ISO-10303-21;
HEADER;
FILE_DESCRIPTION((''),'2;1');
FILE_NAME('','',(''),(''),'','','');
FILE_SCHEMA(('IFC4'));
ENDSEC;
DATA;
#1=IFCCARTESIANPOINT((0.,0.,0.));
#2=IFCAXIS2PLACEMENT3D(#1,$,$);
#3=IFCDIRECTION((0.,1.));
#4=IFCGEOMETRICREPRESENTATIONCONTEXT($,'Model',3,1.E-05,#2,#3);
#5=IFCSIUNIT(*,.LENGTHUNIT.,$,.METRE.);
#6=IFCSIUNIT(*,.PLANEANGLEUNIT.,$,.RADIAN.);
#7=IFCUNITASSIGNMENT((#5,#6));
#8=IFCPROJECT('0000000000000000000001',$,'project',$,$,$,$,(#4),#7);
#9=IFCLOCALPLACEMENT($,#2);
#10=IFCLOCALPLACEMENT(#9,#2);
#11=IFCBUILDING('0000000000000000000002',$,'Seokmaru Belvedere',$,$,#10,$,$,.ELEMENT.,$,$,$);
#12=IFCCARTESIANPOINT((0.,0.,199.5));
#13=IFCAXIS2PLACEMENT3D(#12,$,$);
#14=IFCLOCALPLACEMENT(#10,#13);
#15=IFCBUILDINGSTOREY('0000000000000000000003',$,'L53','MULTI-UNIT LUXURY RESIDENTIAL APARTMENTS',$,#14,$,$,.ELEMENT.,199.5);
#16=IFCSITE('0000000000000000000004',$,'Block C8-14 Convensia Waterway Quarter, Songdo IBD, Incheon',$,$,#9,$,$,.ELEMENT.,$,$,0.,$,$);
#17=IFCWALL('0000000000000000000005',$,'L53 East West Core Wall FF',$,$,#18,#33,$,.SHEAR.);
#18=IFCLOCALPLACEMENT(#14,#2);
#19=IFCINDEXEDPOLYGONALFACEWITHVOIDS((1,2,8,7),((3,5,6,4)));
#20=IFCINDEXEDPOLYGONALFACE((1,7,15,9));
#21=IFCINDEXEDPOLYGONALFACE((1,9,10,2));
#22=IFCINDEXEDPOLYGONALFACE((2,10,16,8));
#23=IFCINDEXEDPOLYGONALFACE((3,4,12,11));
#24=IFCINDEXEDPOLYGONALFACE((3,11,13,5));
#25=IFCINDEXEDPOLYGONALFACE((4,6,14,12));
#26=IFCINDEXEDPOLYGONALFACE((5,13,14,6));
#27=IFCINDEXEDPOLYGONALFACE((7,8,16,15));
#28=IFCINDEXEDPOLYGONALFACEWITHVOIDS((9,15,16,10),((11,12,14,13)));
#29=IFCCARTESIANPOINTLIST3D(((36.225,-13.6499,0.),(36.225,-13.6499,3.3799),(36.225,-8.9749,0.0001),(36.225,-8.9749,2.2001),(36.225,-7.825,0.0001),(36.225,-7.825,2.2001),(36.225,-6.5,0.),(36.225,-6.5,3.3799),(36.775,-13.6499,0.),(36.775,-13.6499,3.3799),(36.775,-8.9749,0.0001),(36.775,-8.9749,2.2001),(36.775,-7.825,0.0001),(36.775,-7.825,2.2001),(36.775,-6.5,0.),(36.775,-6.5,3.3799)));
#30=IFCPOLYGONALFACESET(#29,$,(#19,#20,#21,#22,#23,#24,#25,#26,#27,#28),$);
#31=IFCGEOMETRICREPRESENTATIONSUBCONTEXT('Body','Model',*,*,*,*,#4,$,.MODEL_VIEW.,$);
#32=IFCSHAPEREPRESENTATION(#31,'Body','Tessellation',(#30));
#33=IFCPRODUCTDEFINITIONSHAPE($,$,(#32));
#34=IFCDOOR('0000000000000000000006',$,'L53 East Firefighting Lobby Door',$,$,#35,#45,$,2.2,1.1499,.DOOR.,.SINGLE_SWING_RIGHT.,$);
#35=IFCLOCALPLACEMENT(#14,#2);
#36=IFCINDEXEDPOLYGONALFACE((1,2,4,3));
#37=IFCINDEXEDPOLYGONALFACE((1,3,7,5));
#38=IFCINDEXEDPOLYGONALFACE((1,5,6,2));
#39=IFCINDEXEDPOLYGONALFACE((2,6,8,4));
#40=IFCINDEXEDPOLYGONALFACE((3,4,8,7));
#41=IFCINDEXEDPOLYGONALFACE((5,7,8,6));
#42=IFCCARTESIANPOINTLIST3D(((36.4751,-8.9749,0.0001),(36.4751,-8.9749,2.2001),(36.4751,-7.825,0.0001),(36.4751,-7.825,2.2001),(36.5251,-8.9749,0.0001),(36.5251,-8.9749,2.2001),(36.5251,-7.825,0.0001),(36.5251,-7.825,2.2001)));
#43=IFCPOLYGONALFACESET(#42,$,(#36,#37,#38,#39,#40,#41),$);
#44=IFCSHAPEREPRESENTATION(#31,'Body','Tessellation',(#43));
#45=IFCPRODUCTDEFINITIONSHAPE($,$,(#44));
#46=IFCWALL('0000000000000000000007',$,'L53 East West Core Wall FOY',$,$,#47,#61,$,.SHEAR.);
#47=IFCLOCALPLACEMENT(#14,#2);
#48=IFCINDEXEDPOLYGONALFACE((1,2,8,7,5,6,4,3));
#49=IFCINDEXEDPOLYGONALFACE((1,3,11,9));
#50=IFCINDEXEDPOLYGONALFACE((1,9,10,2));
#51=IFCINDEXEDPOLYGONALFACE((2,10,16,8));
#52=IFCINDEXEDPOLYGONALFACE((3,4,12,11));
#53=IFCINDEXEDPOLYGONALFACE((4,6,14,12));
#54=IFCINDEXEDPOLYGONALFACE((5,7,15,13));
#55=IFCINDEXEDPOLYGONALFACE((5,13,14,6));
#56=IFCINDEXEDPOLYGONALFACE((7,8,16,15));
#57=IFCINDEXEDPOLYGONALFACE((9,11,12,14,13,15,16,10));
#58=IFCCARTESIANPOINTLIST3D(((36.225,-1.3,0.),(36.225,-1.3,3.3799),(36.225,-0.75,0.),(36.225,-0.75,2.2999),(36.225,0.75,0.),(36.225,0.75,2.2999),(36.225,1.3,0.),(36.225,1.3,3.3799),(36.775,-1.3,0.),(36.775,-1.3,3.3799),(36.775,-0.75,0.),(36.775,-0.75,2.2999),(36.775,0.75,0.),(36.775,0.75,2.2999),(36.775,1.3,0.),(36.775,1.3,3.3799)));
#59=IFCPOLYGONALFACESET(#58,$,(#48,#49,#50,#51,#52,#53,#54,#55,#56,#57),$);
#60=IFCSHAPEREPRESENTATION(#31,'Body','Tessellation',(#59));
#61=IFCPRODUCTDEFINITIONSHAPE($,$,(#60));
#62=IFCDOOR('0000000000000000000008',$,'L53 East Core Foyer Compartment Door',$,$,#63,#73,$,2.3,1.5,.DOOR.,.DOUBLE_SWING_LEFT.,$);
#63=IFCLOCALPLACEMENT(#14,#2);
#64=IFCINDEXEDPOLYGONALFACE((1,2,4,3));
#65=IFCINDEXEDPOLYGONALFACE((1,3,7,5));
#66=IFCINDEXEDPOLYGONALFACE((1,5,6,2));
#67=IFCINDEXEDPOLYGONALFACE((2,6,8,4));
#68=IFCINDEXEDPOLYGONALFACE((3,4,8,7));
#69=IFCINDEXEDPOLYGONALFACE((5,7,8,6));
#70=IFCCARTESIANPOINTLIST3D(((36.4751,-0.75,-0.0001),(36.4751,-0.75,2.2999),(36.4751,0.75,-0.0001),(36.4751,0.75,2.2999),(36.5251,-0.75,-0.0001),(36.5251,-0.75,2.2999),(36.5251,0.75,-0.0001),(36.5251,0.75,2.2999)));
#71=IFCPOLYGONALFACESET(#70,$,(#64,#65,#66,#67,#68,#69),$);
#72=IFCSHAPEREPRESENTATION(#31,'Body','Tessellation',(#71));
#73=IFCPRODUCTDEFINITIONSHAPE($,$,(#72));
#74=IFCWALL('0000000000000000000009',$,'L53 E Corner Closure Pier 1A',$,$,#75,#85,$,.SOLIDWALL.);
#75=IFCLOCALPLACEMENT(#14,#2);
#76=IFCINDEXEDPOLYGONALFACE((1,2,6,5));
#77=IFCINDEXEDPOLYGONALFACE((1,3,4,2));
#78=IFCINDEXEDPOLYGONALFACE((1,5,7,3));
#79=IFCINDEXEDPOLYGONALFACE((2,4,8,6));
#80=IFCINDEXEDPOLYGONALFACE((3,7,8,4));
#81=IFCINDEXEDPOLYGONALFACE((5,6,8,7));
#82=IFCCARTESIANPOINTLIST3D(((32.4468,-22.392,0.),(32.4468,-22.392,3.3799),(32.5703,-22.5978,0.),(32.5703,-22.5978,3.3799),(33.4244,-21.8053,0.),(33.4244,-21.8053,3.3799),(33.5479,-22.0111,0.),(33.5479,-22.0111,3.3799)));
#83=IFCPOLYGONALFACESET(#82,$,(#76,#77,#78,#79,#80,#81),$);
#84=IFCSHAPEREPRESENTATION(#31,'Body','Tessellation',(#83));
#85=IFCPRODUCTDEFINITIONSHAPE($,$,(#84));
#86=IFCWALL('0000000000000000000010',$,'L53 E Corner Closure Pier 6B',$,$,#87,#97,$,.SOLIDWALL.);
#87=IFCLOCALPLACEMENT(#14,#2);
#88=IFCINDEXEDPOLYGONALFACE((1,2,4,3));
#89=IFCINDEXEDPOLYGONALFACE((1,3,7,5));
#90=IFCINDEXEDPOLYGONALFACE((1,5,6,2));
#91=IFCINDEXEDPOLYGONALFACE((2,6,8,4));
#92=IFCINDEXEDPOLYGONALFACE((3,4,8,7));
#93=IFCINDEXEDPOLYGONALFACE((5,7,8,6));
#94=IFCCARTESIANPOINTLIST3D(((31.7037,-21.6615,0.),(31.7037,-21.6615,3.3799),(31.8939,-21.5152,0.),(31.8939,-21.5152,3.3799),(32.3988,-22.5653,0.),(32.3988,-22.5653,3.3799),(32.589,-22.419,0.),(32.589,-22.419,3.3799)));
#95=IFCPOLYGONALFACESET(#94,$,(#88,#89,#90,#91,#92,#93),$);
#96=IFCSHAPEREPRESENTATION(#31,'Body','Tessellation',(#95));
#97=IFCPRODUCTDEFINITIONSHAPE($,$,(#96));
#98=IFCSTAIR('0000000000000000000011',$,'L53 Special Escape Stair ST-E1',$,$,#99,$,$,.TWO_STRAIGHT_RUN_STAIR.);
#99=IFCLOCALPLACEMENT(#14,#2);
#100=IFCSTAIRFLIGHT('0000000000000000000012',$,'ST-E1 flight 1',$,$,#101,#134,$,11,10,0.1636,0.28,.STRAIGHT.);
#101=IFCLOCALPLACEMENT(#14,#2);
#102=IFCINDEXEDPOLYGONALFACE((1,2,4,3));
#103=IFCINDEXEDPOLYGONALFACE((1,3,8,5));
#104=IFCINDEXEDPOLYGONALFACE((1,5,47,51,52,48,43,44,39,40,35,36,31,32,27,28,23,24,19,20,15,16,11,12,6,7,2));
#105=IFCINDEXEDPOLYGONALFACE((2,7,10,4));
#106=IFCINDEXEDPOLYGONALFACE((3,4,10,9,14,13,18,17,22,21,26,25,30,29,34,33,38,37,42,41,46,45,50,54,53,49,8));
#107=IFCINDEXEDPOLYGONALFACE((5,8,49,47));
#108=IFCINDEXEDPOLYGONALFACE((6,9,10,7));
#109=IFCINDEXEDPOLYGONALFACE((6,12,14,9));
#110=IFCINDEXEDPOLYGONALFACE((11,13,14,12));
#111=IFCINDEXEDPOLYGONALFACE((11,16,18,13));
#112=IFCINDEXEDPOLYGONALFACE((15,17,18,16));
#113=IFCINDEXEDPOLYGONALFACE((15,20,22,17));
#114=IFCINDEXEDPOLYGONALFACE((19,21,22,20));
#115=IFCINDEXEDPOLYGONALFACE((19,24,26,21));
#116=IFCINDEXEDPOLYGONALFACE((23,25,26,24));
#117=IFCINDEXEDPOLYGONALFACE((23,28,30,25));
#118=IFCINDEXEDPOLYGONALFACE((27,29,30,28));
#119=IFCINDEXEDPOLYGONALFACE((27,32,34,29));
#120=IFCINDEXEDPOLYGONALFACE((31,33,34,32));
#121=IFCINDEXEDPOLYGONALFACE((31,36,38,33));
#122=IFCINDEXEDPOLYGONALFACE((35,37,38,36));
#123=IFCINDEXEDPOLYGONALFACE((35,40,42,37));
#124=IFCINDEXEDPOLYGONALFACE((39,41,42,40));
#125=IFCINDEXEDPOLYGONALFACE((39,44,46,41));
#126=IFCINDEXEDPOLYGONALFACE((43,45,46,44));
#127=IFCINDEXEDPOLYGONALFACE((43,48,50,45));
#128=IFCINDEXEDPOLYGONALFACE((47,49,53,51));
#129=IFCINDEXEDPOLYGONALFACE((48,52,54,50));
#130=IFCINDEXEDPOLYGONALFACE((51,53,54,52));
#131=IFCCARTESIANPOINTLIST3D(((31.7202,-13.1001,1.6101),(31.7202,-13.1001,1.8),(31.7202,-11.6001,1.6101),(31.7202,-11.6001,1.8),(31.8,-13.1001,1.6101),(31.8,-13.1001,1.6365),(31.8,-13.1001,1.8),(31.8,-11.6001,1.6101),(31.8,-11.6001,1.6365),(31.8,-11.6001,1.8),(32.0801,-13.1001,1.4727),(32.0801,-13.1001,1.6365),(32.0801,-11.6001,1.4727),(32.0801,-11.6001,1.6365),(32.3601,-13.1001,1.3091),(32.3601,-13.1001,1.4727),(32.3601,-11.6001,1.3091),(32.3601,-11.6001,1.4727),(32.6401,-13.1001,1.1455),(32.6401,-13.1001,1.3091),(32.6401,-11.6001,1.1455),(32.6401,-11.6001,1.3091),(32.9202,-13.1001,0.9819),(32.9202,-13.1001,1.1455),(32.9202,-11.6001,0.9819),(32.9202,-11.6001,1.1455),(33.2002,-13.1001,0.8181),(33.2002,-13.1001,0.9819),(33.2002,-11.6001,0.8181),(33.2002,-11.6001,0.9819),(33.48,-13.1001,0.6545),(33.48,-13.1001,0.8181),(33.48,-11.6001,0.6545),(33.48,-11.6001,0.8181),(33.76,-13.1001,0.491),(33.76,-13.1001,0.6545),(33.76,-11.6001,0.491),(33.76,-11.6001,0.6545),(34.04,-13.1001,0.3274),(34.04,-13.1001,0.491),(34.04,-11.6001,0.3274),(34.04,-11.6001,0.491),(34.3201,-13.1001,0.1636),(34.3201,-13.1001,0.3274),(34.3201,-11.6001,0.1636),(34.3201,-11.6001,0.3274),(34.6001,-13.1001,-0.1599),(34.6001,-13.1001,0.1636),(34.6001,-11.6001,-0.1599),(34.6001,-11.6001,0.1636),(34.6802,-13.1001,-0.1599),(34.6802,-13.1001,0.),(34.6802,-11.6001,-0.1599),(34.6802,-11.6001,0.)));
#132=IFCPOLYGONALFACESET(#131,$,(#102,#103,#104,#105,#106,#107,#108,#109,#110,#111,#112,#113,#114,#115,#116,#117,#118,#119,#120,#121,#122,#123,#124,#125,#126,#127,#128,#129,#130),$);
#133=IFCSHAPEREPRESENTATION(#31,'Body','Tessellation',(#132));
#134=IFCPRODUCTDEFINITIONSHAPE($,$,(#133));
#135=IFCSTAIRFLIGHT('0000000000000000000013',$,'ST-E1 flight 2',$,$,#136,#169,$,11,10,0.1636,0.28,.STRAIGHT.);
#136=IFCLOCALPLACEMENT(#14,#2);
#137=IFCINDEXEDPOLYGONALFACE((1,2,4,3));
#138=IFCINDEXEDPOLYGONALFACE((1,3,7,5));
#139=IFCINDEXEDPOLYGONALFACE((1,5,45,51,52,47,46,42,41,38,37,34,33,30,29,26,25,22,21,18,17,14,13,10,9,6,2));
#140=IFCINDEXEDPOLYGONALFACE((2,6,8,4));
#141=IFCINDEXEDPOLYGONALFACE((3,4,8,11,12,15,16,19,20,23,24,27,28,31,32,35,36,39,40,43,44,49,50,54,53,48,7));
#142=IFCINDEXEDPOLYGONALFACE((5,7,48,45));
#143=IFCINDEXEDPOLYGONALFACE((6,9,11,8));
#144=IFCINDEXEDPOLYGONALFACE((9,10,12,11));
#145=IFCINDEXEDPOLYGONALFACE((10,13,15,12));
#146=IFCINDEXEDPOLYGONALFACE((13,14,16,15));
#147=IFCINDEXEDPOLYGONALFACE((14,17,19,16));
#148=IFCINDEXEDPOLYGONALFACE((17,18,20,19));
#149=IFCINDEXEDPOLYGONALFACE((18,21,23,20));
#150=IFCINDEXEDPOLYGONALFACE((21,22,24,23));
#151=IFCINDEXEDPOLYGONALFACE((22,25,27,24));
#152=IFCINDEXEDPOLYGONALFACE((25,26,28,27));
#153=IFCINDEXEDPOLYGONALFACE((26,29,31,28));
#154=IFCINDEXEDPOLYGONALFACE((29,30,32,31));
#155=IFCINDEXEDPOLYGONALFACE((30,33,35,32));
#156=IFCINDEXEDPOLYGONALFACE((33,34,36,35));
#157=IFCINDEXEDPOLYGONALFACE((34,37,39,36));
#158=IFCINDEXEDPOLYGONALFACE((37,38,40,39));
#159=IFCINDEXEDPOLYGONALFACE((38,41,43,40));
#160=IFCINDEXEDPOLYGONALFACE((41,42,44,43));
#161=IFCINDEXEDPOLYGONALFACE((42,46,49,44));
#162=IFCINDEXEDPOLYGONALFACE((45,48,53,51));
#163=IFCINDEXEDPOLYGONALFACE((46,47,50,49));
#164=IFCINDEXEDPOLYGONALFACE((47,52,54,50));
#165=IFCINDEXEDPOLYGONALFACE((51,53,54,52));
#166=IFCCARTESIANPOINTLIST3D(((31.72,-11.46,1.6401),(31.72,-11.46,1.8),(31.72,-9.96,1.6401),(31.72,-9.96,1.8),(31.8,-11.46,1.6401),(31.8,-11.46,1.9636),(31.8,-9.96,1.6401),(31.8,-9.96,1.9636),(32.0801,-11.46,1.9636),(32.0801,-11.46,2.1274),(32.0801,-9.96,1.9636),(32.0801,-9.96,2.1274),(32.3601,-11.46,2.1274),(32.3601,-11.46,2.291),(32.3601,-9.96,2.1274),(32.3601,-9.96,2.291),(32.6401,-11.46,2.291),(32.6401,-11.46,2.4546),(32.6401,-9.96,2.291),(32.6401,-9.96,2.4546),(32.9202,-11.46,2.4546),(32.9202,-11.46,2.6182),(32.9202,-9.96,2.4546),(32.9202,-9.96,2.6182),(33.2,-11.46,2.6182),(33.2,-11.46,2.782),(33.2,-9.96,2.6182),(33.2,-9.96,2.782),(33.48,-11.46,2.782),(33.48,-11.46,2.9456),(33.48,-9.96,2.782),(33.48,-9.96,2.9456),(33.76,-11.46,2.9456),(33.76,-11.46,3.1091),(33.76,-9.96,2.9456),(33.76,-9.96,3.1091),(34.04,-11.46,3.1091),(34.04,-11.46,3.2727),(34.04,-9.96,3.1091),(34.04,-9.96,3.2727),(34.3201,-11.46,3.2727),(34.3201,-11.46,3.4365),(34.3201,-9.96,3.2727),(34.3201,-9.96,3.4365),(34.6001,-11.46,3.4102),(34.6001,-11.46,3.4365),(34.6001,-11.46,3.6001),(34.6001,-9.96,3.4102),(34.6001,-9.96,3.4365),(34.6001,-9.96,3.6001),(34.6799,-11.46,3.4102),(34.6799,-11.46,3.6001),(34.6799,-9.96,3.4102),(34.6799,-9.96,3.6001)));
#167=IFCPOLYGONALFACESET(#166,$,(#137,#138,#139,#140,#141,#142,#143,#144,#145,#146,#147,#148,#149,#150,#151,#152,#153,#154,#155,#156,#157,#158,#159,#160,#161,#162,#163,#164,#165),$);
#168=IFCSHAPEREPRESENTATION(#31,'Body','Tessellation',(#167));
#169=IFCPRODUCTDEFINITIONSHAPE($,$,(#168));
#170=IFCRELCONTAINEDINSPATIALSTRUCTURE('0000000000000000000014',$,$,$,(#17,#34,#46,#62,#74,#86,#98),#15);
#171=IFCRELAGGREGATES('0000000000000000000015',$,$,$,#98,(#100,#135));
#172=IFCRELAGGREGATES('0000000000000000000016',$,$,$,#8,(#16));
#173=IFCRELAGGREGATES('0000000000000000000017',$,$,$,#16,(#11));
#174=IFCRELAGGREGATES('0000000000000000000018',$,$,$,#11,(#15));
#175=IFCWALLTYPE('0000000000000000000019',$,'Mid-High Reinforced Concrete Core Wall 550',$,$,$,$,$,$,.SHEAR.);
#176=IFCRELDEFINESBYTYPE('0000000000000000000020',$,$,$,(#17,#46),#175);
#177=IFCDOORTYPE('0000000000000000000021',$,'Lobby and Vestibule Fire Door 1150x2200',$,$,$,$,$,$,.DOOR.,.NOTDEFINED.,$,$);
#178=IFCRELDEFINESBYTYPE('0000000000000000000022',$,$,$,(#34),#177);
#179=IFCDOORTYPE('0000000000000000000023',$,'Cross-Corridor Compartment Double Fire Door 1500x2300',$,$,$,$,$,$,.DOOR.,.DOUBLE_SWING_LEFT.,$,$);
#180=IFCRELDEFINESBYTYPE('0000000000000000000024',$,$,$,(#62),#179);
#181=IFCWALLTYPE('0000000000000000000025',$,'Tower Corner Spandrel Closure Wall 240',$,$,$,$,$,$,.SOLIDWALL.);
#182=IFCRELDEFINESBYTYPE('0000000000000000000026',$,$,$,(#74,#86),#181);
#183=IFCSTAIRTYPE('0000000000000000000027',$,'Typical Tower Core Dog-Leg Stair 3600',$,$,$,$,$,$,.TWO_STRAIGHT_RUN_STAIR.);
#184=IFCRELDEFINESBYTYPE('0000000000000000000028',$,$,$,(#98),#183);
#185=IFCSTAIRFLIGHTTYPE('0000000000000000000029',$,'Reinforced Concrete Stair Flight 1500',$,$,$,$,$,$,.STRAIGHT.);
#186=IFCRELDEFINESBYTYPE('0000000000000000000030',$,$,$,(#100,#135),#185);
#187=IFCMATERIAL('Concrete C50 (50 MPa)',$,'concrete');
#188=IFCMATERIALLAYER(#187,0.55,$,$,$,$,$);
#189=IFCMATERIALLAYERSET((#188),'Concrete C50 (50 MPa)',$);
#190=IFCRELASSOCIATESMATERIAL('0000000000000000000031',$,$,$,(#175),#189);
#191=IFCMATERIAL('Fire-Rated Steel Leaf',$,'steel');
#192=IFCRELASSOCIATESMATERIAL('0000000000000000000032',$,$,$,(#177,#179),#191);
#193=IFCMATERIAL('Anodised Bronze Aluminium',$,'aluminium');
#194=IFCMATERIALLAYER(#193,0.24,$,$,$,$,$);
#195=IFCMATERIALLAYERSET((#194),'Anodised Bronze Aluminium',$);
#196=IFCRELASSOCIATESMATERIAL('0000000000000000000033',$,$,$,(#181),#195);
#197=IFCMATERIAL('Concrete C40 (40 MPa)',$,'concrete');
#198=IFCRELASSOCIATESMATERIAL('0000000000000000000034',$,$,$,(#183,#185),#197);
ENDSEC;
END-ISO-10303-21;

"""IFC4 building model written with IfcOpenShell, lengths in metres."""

from ifc_helpers import new_model, si_unit, direction, frame, frame_2d, origin, place, context, subcontext, project, spatial, polyline, rectangle, outline, extrude, source, transform, mapped, material, layer, layer_set, type_object, type_shapes, element, fill, aggregate, save


model = new_model("IFC4")

# Units and contexts
model_context = context("Model", 3, precision=1e-05, world=origin(), true_north=direction((0.0, 1.0)))
body_context = subcontext(model_context, "Body", "Model", "MODEL_VIEW")
ifc_project = project(units=[si_unit("LENGTHUNIT", "METRE"), si_unit("PLANEANGLEUNIT", "RADIAN")], contexts=[model_context])

# Site, building, storey
site_placement = place(None, origin())
site = spatial("IfcSite", under=ifc_project, at=site_placement, Name="Block C8-14 Convensia Waterway Quarter, Songdo IBD, Incheon", CompositionType="ELEMENT", RefElevation=0.0)
building_placement = place(site_placement, origin())
building = spatial("IfcBuilding", under=site, at=building_placement, Name="Seokmaru Belvedere", CompositionType="ELEMENT")
storey_placement = place(building_placement, frame((0.0, 0.0, 199.5)))
storey = spatial("IfcBuildingStorey", under=building, at=storey_placement, Name="L53", Description="MULTI-UNIT LUXURY RESIDENTIAL APARTMENTS", CompositionType="ELEMENT", Elevation=199.5)

# Shared definitions
ifc_material_1 = material(Name="Anodised Bronze Aluminium", Category="aluminium")

# Walls, openings, doors
ifc_material_2 = material(Name="Concrete C50 (50 MPa)", Category="concrete")
ifc_layer_1 = layer(ifc_material_2, 0.55)
ifc_layer_set_1 = layer_set([ifc_layer_1], Name="Concrete C50 (50 MPa)")
wall_type_1 = type_object("IfcWallType", Name="Mid-High Reinforced Concrete Core Wall 550", PredefinedType="SHEAR", material=ifc_layer_set_1)
wall_1_placement = place(storey_placement, frame((36.5, -13.6499, 0.0), z_axis=(0.0, 0.0, 1.0), x_axis=(0.0, 1.0, 0.0)))
wall_1 = element("IfcWall", 1, at=wall_1_placement, inside=storey, type_object=wall_type_1, Name="L53 East West Core Wall FF", PredefinedType="SHEAR", context=body_context, shape_type="SweptSolid", body=[
    extrude(rectangle(XDim=7.1499, YDim=0.55, at=frame_2d((3.575, 0.0))), origin(), (0.0, 0.0, 1.0), 3.3799),
])
opening_1_placement = place(wall_1_placement, frame((4.675, 0.0, 0.0)))
opening_1 = element("IfcOpeningElement", 2, at=opening_1_placement, cuts=wall_1, PredefinedType="OPENING", context=body_context, shape_type="SweptSolid", body=[
    extrude(rectangle(XDim=1.1499, YDim=2.2, at=frame_2d((0.575, 1.1001))), frame((0.0, 0.2852, 0.0), z_axis=(0.0, -1.0, 0.0), x_axis=(1.0, 0.0, 0.0)), (0.0, 0.0, 1.0), 0.5701),
])
ifc_material_3 = material(Name="Fire-Rated Steel Leaf", Category="steel")
door_type_1 = type_object("IfcDoorType", Name="Lobby and Vestibule Fire Door 1150x2200", OperationType="NOTDEFINED", PredefinedType="DOOR", material=ifc_material_3)
shared_shape_1 = source(origin(), body_context, "Body", "SweptSolid", [
    extrude(rectangle(XDim=1.1499, YDim=2.2, at=frame_2d((0.575, 1.1001))), frame((0.0, 0.0249, 0.0), z_axis=(0.0, -1.0, 0.0), x_axis=(1.0, 0.0, 0.0)), (0.0, 0.0, 1.0), 0.05),
])
type_shapes(door_type_1, [shared_shape_1])
door_1_placement = place(opening_1_placement, origin())
door_1 = element("IfcDoor", 3, at=door_1_placement, inside=storey, type_object=door_type_1, Name="L53 East Firefighting Lobby Door", OperationType="SINGLE_SWING_RIGHT", OverallHeight=2.2, OverallWidth=1.1499, PredefinedType="DOOR", context=body_context, shape_type="MappedRepresentation", body=[
    mapped(shared_shape_1, transform((0.0, 0.0, 0.0), scale=1.0)),
])
fill(opening_1, door_1)
wall_2_placement = place(storey_placement, frame((36.5, -1.3, 0.0), z_axis=(0.0, 0.0, 1.0), x_axis=(0.0, 1.0, 0.0)))
wall_2 = element("IfcWall", 4, at=wall_2_placement, inside=storey, type_object=wall_type_1, Name="L53 East West Core Wall FOY", PredefinedType="SHEAR", context=body_context, shape_type="SweptSolid", body=[
    extrude(rectangle(XDim=2.6001, YDim=0.55, at=frame_2d((1.3, 0.0))), origin(), (0.0, 0.0, 1.0), 3.3799),
])
opening_2_placement = place(wall_2_placement, frame((0.55, 0.0, 0.0)))
opening_2 = element("IfcOpeningElement", 5, at=opening_2_placement, cuts=wall_2, PredefinedType="OPENING", context=body_context, shape_type="SweptSolid", body=[
    extrude(rectangle(XDim=1.5, YDim=2.3, at=frame_2d((0.75, 1.1499))), frame((0.0, 0.2852, 0.0), z_axis=(0.0, -1.0, 0.0), x_axis=(1.0, 0.0, 0.0)), (0.0, 0.0, 1.0), 0.5701),
])
door_type_2 = type_object("IfcDoorType", Name="Cross-Corridor Compartment Double Fire Door 1500x2300", OperationType="DOUBLE_SWING_LEFT", PredefinedType="DOOR", material=ifc_material_3)
shared_shape_2 = source(origin(), body_context, "Body", "SweptSolid", [
    extrude(rectangle(XDim=1.5, YDim=2.3, at=frame_2d((0.75, 1.1499))), frame((0.0, 0.0249, 0.0), z_axis=(0.0, -1.0, 0.0), x_axis=(1.0, 0.0, 0.0)), (0.0, 0.0, 1.0), 0.05),
])
type_shapes(door_type_2, [shared_shape_2])
door_2_placement = place(opening_2_placement, origin())
door_2 = element("IfcDoor", 6, at=door_2_placement, inside=storey, type_object=door_type_2, Name="L53 East Core Foyer Compartment Door", OperationType="DOUBLE_SWING_LEFT", OverallHeight=2.3, OverallWidth=1.5, PredefinedType="DOOR", context=body_context, shape_type="MappedRepresentation", body=[
    mapped(shared_shape_2, transform((0.0, 0.0, 0.0), scale=1.0)),
])
fill(opening_2, door_2)

# Walls
ifc_layer_2 = layer(ifc_material_1, 0.24)
ifc_layer_set_2 = layer_set([ifc_layer_2], Name="Anodised Bronze Aluminium")
wall_type_2 = type_object("IfcWallType", Name="Tower Corner Spandrel Closure Wall 240", PredefinedType="SOLIDWALL", material=ifc_layer_set_2)
for number, where, z_axis, x_axis, name in (
    (7, (32.5085, -22.4949, 0.0), (0.0, 0.0, 1.0), (0.857436, 0.51459, 0.0), "L53 E Corner Closure Pier 1A"),
    (8, (31.7988, -21.5884, 0.0), (0.0, 0.0, 1.0), (0.609618, -0.792696, 0.0), "L53 E Corner Closure Pier 6B"),
):
    element("IfcWall", number, at=place(storey_placement, frame(where, z_axis=z_axis, x_axis=x_axis)), inside=storey, type_object=wall_type_2, Name=name, PredefinedType="SOLIDWALL", context=body_context, shape_type="SweptSolid", body=[
        extrude(rectangle(XDim=1.1401, YDim=0.24, at=frame_2d((0.5701, 0.0))), origin(), (0.0, 0.0, 1.0), 3.3799),
    ])

# Stair, stair flights
ifc_material_4 = material(Name="Concrete C40 (40 MPa)", Category="concrete")
stair_type = type_object("IfcStairType", Name="Typical Tower Core Dog-Leg Stair 3600", PredefinedType="TWO_STRAIGHT_RUN_STAIR", material=ifc_material_4)
stair_placement = place(storey_placement, origin())
stair = element("IfcStair", 9, at=stair_placement, inside=storey, type_object=stair_type, Name="L53 Special Escape Stair ST-E1", PredefinedType="TWO_STRAIGHT_RUN_STAIR")
stair_flight_type = type_object("IfcStairFlightType", Name="Reinforced Concrete Stair Flight 1500", PredefinedType="STRAIGHT", material=ifc_material_4)
stair_flight_1_placement = place(storey_placement, frame((34.6001, -12.3501, 0.0), z_axis=(0.0, 0.0, 1.0), x_axis=(-1.0, 0.0, 0.0)))
stair_flight_1 = element("IfcStairFlight", 10, at=stair_flight_1_placement, type_object=stair_flight_type, Name="ST-E1 flight 1", NumberOfRisers=11, NumberOfTreads=10, PredefinedType="STRAIGHT", RiserHeight=0.1636, TreadLength=0.28, context=body_context, shape_type="SweptSolid", body=[
    extrude(outline(polyline([(-0.0801, 0.0), (0.0, 0.1636), (0.28, 0.1636), (0.28, 0.3274), (0.5601, 0.3274), (0.5601, 0.491), (0.8401, 0.491), (0.8401, 0.6545), (1.1201, 0.6545), (1.1201, 0.8181), (1.3999, 0.8181), (1.3999, 0.9819), (1.6799, 0.9819), (1.6799, 1.1455), (1.96, 1.1455), (1.96, 1.3091), (2.24, 1.3091), (2.24, 1.4727), (2.52, 1.4727), (2.52, 1.6365), (2.8, 1.6365), (2.8, 1.8), (2.8799, 1.8), (2.8799, 1.6101), (2.8, 1.6101), (0.0, -0.1599), (-0.0801, -0.1599), (-0.0801, 0.0)])), frame((0.0, 0.75, 0.0), z_axis=(0.0, -1.0, 0.0), x_axis=(1.0, 0.0, 0.0)), (0.0, 0.0, 1.0), 1.5),
])
stair_flight_2_placement = place(storey_placement, frame((31.8, -10.71, 1.8), z_axis=(0.0, 0.0, 1.0), x_axis=(1.0, 0.0, 0.0)))
stair_flight_2 = element("IfcStairFlight", 11, at=stair_flight_2_placement, type_object=stair_flight_type, Name="ST-E1 flight 2", NumberOfRisers=11, NumberOfTreads=10, PredefinedType="STRAIGHT", RiserHeight=0.1636, TreadLength=0.28, context=body_context, shape_type="SweptSolid", body=[
    extrude(outline(polyline([(-0.0801, 0.0), (0.0, 0.1636), (0.28, 0.1636), (0.28, 0.3274), (0.5601, 0.3274), (0.5601, 0.491), (0.8401, 0.491), (0.8401, 0.6545), (1.1201, 0.6545), (1.1201, 0.8181), (1.3999, 0.8181), (1.3999, 0.9819), (1.6799, 0.9819), (1.6799, 1.1455), (1.96, 1.1455), (1.96, 1.3091), (2.24, 1.3091), (2.24, 1.4727), (2.52, 1.4727), (2.52, 1.6365), (2.8, 1.6365), (2.8, 1.8), (2.8799, 1.8), (2.8799, 1.6101), (2.8, 1.6101), (0.0, -0.1599), (-0.0801, -0.1599), (-0.0801, 0.0)])), frame((0.0, 0.75, 0.0), z_axis=(0.0, -1.0, 0.0), x_axis=(1.0, 0.0, 0.0)), (0.0, 0.0, 1.0), 1.5),
])
aggregate(stair, [stair_flight_1, stair_flight_2])

save(model, "model.ifc")
